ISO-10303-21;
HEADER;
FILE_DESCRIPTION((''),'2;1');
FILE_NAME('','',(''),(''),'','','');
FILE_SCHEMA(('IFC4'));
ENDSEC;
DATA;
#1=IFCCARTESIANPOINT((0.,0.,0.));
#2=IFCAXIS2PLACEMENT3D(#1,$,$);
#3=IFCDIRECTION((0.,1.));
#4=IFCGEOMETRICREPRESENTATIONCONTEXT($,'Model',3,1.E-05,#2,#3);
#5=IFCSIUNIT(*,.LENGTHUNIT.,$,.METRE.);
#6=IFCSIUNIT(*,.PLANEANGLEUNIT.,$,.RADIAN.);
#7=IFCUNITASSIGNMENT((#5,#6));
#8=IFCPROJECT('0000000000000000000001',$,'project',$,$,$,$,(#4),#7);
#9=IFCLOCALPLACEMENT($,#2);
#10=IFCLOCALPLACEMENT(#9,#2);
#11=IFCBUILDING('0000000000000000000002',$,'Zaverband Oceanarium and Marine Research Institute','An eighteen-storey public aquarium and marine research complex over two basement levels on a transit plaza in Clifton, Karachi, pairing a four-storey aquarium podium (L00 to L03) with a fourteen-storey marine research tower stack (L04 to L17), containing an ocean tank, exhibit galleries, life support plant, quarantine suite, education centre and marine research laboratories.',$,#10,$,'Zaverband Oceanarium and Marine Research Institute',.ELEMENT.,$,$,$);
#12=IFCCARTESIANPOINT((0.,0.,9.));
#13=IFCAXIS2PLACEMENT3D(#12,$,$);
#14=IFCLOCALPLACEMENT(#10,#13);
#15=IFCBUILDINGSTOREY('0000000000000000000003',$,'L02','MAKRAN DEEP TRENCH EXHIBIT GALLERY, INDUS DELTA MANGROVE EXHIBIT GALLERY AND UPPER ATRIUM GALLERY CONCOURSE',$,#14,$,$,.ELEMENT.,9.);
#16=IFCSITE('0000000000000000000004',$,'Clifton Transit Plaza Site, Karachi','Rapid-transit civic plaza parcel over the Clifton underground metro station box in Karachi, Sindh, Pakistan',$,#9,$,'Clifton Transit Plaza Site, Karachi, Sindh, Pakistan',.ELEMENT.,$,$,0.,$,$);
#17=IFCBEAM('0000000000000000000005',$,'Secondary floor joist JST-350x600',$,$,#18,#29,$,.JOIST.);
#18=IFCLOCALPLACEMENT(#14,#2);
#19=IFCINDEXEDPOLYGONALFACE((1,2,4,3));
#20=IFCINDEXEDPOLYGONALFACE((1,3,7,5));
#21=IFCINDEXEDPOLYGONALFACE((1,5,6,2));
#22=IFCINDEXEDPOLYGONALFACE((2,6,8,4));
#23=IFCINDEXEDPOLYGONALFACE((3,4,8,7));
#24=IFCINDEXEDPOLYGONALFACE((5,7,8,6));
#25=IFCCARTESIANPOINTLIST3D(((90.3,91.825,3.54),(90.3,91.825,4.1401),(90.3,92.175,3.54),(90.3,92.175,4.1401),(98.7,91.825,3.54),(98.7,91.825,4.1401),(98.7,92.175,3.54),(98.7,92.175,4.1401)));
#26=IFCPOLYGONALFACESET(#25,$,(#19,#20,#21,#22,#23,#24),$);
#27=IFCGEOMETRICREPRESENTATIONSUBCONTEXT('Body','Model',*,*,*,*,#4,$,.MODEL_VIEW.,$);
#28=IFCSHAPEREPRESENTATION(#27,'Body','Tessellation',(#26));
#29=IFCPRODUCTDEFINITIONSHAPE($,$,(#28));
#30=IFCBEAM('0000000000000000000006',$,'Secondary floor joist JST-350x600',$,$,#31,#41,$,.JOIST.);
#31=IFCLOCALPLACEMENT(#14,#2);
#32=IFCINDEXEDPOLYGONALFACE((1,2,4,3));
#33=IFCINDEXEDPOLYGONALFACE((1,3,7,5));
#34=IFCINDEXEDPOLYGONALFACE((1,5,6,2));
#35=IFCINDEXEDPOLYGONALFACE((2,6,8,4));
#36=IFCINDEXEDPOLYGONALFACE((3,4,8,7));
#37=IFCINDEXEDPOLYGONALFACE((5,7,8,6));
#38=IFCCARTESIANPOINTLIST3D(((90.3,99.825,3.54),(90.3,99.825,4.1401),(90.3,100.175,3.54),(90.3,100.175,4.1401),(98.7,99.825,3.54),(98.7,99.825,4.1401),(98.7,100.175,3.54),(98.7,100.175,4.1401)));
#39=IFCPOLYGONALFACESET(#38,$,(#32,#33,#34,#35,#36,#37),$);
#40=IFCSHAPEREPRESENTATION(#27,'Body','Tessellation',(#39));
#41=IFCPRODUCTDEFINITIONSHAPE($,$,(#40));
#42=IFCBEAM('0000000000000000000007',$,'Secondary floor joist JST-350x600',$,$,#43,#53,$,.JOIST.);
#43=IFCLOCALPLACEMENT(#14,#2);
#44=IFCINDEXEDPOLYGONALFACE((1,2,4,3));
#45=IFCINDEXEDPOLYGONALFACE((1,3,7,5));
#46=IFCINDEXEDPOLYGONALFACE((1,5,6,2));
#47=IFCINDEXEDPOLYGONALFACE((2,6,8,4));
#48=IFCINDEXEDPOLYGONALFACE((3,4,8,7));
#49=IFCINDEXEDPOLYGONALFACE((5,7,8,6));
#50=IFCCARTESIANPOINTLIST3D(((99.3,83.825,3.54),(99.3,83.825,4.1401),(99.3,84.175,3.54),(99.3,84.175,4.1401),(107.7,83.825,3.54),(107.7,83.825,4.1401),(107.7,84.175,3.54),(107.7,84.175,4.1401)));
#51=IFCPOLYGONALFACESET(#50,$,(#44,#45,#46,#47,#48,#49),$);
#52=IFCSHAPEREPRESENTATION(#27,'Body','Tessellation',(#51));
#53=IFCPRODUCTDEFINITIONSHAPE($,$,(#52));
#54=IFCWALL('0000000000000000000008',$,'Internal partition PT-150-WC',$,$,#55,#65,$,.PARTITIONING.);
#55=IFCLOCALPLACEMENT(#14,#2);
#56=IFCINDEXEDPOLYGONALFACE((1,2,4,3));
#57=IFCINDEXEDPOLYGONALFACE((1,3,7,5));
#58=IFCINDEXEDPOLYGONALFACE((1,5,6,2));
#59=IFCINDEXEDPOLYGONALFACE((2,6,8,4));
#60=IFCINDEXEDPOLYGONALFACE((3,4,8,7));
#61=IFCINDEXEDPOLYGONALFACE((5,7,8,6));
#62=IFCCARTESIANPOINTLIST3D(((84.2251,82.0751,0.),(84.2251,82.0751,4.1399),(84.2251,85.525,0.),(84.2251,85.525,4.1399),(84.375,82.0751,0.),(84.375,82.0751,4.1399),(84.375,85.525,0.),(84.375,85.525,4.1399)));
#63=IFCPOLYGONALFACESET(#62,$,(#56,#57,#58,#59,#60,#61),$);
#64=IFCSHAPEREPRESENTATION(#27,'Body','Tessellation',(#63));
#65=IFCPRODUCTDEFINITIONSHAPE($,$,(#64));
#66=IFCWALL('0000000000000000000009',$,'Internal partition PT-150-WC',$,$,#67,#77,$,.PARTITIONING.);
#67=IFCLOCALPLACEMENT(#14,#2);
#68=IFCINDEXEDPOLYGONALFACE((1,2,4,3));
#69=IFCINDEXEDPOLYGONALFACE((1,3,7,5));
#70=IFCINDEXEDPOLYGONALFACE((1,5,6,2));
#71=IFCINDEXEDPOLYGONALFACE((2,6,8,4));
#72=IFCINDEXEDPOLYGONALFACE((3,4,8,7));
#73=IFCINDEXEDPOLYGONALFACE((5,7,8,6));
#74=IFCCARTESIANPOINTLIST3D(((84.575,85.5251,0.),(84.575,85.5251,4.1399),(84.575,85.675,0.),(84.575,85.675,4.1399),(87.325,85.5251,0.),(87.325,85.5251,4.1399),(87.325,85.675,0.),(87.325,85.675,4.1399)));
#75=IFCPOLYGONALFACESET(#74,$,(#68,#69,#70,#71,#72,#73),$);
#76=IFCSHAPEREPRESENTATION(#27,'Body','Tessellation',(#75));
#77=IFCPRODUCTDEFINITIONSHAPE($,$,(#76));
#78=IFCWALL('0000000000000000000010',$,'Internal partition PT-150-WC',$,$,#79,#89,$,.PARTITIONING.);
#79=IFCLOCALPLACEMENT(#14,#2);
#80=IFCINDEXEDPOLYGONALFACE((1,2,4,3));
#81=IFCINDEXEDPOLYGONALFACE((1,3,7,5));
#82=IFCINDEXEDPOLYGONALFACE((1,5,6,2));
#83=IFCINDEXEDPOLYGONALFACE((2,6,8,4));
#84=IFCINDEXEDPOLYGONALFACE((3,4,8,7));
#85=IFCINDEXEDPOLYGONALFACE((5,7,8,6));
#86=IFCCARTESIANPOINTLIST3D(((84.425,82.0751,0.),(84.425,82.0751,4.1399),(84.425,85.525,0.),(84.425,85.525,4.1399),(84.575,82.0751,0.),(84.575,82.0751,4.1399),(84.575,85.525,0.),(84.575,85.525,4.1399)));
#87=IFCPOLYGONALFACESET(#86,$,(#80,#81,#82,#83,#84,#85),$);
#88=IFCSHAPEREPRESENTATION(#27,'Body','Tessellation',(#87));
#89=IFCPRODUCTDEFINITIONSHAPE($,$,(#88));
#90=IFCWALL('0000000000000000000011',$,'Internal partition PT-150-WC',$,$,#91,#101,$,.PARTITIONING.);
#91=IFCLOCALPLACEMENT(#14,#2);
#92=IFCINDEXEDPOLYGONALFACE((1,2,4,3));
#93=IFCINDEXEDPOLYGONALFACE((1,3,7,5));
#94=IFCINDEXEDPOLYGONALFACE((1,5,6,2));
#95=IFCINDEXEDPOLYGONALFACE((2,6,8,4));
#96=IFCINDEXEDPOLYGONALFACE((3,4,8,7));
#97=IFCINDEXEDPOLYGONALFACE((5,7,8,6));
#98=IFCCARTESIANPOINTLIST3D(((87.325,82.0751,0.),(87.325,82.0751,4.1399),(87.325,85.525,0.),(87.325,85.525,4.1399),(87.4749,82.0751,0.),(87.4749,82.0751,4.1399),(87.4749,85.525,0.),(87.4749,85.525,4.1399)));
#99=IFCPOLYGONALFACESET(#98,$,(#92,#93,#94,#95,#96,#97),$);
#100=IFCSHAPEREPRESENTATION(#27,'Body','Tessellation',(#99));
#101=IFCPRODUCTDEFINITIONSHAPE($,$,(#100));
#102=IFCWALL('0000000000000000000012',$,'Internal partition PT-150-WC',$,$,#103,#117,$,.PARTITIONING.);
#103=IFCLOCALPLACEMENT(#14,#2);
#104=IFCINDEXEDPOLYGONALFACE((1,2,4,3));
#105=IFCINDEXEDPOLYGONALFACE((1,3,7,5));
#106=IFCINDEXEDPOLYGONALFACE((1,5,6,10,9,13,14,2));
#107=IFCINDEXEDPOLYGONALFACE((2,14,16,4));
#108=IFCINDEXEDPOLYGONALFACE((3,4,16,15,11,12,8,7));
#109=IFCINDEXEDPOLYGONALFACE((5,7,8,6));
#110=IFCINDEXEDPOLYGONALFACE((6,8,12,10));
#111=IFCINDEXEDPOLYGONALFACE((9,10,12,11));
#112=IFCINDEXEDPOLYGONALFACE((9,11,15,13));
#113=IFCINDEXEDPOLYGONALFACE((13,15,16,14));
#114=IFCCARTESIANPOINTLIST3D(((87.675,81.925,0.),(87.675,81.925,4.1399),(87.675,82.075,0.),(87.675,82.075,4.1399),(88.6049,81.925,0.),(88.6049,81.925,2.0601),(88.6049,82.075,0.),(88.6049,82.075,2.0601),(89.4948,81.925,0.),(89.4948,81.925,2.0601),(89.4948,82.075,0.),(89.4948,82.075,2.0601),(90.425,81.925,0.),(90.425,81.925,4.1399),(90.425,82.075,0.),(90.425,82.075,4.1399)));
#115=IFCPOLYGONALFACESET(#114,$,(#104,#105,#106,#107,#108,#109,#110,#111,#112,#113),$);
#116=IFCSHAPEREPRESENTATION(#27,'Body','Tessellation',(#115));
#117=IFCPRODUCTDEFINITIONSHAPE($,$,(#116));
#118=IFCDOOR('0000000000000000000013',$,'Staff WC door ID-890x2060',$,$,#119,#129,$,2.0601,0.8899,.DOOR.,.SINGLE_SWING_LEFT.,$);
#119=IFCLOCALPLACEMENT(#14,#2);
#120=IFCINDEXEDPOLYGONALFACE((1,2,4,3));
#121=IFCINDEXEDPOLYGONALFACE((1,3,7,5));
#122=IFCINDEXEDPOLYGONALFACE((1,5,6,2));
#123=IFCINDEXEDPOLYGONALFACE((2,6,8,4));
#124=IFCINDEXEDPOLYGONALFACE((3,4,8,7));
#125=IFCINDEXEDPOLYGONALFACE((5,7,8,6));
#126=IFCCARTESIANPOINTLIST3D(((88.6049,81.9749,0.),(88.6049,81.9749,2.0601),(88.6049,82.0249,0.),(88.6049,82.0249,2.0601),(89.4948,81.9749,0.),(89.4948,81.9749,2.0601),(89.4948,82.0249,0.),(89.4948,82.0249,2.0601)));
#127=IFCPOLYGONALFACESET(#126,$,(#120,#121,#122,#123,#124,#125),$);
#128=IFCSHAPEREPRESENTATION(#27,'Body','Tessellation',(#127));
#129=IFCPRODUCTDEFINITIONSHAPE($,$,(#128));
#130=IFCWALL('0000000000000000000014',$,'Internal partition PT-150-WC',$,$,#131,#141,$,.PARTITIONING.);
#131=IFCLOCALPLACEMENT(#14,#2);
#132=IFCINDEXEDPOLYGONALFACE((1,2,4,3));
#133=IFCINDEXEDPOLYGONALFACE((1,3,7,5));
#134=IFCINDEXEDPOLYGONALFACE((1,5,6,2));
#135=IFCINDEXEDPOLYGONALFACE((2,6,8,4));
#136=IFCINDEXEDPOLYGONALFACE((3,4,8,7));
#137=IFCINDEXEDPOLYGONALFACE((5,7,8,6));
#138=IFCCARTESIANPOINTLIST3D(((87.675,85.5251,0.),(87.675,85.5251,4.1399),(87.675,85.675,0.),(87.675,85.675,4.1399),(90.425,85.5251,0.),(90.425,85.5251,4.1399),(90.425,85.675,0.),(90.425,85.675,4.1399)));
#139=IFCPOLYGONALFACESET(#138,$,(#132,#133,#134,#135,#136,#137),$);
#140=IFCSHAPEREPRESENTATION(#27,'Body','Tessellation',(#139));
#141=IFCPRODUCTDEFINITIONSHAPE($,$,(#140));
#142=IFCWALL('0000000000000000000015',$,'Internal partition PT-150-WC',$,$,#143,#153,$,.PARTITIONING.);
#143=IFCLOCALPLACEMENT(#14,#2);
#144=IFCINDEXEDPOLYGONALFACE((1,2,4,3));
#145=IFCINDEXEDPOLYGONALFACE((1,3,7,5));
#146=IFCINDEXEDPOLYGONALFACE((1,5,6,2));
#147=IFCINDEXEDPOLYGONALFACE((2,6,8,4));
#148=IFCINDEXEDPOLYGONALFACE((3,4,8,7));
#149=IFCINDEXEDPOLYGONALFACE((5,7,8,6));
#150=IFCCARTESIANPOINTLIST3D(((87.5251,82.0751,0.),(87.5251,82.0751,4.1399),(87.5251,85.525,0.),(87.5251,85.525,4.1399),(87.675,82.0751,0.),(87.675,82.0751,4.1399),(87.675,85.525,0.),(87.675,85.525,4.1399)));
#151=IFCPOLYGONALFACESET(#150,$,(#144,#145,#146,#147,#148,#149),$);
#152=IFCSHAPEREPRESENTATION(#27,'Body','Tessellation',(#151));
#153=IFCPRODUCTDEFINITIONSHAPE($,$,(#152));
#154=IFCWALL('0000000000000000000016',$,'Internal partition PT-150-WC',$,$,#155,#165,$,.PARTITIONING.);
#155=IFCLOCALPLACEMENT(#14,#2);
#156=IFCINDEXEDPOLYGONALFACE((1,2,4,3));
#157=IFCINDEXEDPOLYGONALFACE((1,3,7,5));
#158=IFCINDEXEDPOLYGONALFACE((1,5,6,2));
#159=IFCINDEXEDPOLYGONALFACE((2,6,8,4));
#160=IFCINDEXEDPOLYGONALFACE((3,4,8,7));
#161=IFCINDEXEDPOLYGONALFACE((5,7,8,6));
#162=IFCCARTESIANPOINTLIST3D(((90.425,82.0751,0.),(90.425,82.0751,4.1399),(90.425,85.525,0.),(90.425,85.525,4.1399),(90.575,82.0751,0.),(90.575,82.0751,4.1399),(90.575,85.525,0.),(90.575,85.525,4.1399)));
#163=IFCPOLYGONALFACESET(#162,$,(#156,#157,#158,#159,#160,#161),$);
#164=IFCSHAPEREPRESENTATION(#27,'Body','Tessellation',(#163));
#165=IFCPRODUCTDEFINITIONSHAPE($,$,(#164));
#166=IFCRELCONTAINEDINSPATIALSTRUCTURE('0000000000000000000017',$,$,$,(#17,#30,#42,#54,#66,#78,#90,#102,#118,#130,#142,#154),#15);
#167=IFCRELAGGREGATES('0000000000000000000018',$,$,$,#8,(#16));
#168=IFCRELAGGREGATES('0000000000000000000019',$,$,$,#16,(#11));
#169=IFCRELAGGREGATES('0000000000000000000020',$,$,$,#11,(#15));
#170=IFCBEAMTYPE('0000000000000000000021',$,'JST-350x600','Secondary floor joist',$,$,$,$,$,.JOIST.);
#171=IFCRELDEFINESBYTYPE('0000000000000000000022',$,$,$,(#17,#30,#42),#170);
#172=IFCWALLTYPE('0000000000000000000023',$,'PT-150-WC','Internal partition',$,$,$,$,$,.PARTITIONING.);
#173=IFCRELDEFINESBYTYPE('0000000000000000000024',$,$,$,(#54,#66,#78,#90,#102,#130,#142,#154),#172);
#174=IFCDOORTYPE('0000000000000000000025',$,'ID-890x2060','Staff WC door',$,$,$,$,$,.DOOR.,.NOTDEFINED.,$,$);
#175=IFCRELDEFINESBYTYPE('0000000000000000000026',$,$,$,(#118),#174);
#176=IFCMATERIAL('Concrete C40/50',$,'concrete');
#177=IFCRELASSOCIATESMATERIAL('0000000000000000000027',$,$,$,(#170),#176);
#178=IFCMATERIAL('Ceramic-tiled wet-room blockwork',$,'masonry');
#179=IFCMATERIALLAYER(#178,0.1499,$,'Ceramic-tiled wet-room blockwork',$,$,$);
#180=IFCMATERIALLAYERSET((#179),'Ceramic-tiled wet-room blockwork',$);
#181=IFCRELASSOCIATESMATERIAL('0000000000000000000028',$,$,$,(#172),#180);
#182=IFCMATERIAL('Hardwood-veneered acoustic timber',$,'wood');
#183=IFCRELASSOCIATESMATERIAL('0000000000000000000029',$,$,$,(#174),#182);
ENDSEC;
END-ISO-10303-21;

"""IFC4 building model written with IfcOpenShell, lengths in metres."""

from ifc_helpers import new_model, si_unit, direction, frame, frame_2d, origin, origin_2d, place, context, subcontext, project, spatial, rectangle, extrude, material, layer, layer_set, material_profile, profile_set, type_object, element, fill, save


model = new_model("IFC4")

# Units and contexts
model_context = context("Model", 3, precision=1e-05, world=origin(), true_north=direction((0.0, 1.0)))
body_context = subcontext(model_context, "Body", "Model", "MODEL_VIEW")
ifc_project = project(units=[si_unit("LENGTHUNIT", "METRE"), si_unit("PLANEANGLEUNIT", "RADIAN")], contexts=[model_context])

# Site, building, storey
site_placement = place(None, origin())
site = spatial("IfcSite", under=ifc_project, at=site_placement, Name="Clifton Transit Plaza Site, Karachi", Description="Rapid-transit civic plaza parcel over the Clifton underground metro station box in Karachi, Sindh, Pakistan", LongName="Clifton Transit Plaza Site, Karachi, Sindh, Pakistan", CompositionType="ELEMENT", RefElevation=0.0)
building_placement = place(site_placement, origin())
building = spatial("IfcBuilding", under=site, at=building_placement, Name="Zaverband Oceanarium and Marine Research Institute", Description="An eighteen-storey public aquarium and marine research complex over two basement levels on a transit plaza in Clifton, Karachi, pairing a four-storey aquarium podium (L00 to L03) with a fourteen-storey marine research tower stack (L04 to L17), containing an ocean tank, exhibit galleries, life support plant, quarantine suite, education centre and marine research laboratories.", LongName="Zaverband Oceanarium and Marine Research Institute", CompositionType="ELEMENT")
storey_placement = place(building_placement, frame((0.0, 0.0, 9.0)))
storey = spatial("IfcBuildingStorey", under=building, at=storey_placement, Name="L02", Description="MAKRAN DEEP TRENCH EXHIBIT GALLERY, INDUS DELTA MANGROVE EXHIBIT GALLERY AND UPPER ATRIUM GALLERY CONCOURSE", CompositionType="ELEMENT", Elevation=9.0)

# Beams
ifc_material_1 = material(Name="Concrete C40/50", Category="concrete")
ifc_material_profile_1 = material_profile(ifc_material_1, rectangle(XDim=0.3501, YDim=0.6001, at=origin_2d()), Name="RC350x600")
ifc_profile_set_1 = profile_set([ifc_material_profile_1], Name="Concrete C40/50")
beam_type_1 = type_object("IfcBeamType", Name="JST-350x600", Description="Secondary floor joist", PredefinedType="JOIST", material=ifc_profile_set_1)
for number, where, z_axis, x_axis, name in (
    (1, (90.3, 92.0, 3.8401), (1.0, 0.0, 0.0), (0.0, 1.0, 0.0), "Secondary floor joist JST-350x600"),
    (2, (90.3, 100.0, 3.8401), (1.0, 0.0, 0.0), (0.0, 1.0, 0.0), "Secondary floor joist JST-350x600"),
    (3, (99.3, 84.0, 3.8401), (1.0, 0.0, 0.0), (0.0, 1.0, 0.0), "Secondary floor joist JST-350x600"),
):
    element("IfcBeam", number, at=place(storey_placement, frame(where, z_axis=z_axis, x_axis=x_axis)), inside=storey, type_object=beam_type_1, Name=name, PredefinedType="JOIST", context=body_context, shape_type="SweptSolid", body=[
        extrude(rectangle(XDim=0.3501, YDim=0.6001, at=origin_2d()), origin(), (0.0, 0.0, 1.0), 8.3999),
    ])

# Walls
ifc_material_2 = material(Name="Ceramic-tiled wet-room blockwork", Category="masonry")
ifc_layer = layer(ifc_material_2, 0.1499, Name="Ceramic-tiled wet-room blockwork")
ifc_layer_set = layer_set([ifc_layer], Name="Ceramic-tiled wet-room blockwork")
wall_type = type_object("IfcWallType", Name="PT-150-WC", Description="Internal partition", PredefinedType="PARTITIONING", material=ifc_layer_set)
wall_1_placement = place(storey_placement, frame((84.3, 82.075, 0.0), z_axis=(0.0, 0.0, 1.0), x_axis=(0.0, 1.0, 0.0)))
element("IfcWall", 4, at=wall_1_placement, inside=storey, type_object=wall_type, Name="Internal partition PT-150-WC", PredefinedType="PARTITIONING", context=body_context, shape_type="SweptSolid", body=[
    extrude(rectangle(XDim=3.45, YDim=0.1499, at=frame_2d((1.7251, 0.0))), origin(), (0.0, 0.0, 1.0), 4.1399),
])
wall_2_placement = place(storey_placement, frame((84.575, 85.6001, 0.0), z_axis=(0.0, 0.0, 1.0), x_axis=(1.0, 0.0, 0.0)))
element("IfcWall", 5, at=wall_2_placement, inside=storey, type_object=wall_type, Name="Internal partition PT-150-WC", PredefinedType="PARTITIONING", context=body_context, shape_type="SweptSolid", body=[
    extrude(rectangle(XDim=2.75, YDim=0.1499, at=frame_2d((1.375, 0.0))), origin(), (0.0, 0.0, 1.0), 4.1399),
])
for number, where, z_axis, x_axis, name in (
    (6, (84.5, 82.075, 0.0), (0.0, 0.0, 1.0), (0.0, 1.0, 0.0), "Internal partition PT-150-WC"),
    (7, (87.3999, 82.075, 0.0), (0.0, 0.0, 1.0), (0.0, 1.0, 0.0), "Internal partition PT-150-WC"),
):
    element("IfcWall", number, at=place(storey_placement, frame(where, z_axis=z_axis, x_axis=x_axis)), inside=storey, type_object=wall_type, Name=name, PredefinedType="PARTITIONING", context=body_context, shape_type="SweptSolid", body=[
        extrude(rectangle(XDim=3.45, YDim=0.1499, at=frame_2d((1.7251, 0.0))), origin(), (0.0, 0.0, 1.0), 4.1399),
    ])

# Wall, opening, door
wall_3_placement = place(storey_placement, frame((87.675, 82.0, 0.0), z_axis=(0.0, 0.0, 1.0), x_axis=(1.0, 0.0, 0.0)))
wall_3 = element("IfcWall", 8, at=wall_3_placement, inside=storey, type_object=wall_type, Name="Internal partition PT-150-WC", PredefinedType="PARTITIONING", context=body_context, shape_type="SweptSolid", body=[
    extrude(rectangle(XDim=2.75, YDim=0.1499, at=frame_2d((1.375, 0.0))), origin(), (0.0, 0.0, 1.0), 4.1399),
])
opening_placement = place(wall_3_placement, frame((0.9299, 0.0, 0.0)))
opening = element("IfcOpeningElement", 9, at=opening_placement, cuts=wall_3, PredefinedType="OPENING", context=body_context, shape_type="SweptSolid", body=[
    extrude(rectangle(XDim=0.8899, YDim=2.0601, at=frame_2d((0.4448, 1.03))), frame((0.0, 0.0869, 0.0), z_axis=(0.0, -1.0, 0.0), x_axis=(1.0, 0.0, 0.0)), (0.0, 0.0, 1.0), 0.1738),
])
ifc_material_3 = material(Name="Hardwood-veneered acoustic timber", Category="wood")
door_type = type_object("IfcDoorType", Name="ID-890x2060", Description="Staff WC door", OperationType="NOTDEFINED", PredefinedType="DOOR", material=ifc_material_3)
door_placement = place(opening_placement, origin())
door = element("IfcDoor", 10, at=door_placement, inside=storey, type_object=door_type, Name="Staff WC door ID-890x2060", OperationType="SINGLE_SWING_LEFT", OverallHeight=2.0601, OverallWidth=0.8899, PredefinedType="DOOR", context=body_context, shape_type="SweptSolid", body=[
    extrude(rectangle(XDim=0.8899, YDim=2.0601, at=frame_2d((0.4448, 1.03))), frame((0.0, 0.0249, 0.0), z_axis=(0.0, -1.0, 0.0), x_axis=(1.0, 0.0, 0.0)), (0.0, 0.0, 1.0), 0.05),
])
fill(opening, door)

# Walls
wall_4_placement = place(storey_placement, frame((87.675, 85.6001, 0.0), z_axis=(0.0, 0.0, 1.0), x_axis=(1.0, 0.0, 0.0)))
element("IfcWall", 11, at=wall_4_placement, inside=storey, type_object=wall_type, Name="Internal partition PT-150-WC", PredefinedType="PARTITIONING", context=body_context, shape_type="SweptSolid", body=[
    extrude(rectangle(XDim=2.75, YDim=0.1499, at=frame_2d((1.375, 0.0))), origin(), (0.0, 0.0, 1.0), 4.1399),
])
for number, where, z_axis, x_axis, name in (
    (12, (87.6001, 82.075, 0.0), (0.0, 0.0, 1.0), (0.0, 1.0, 0.0), "Internal partition PT-150-WC"),
    (13, (90.5, 82.075, 0.0), (0.0, 0.0, 1.0), (0.0, 1.0, 0.0), "Internal partition PT-150-WC"),
):
    element("IfcWall", number, at=place(storey_placement, frame(where, z_axis=z_axis, x_axis=x_axis)), inside=storey, type_object=wall_type, Name=name, PredefinedType="PARTITIONING", context=body_context, shape_type="SweptSolid", body=[
        extrude(rectangle(XDim=3.45, YDim=0.1499, at=frame_2d((1.7251, 0.0))), origin(), (0.0, 0.0, 1.0), 4.1399),
    ])

save(model, "model.ifc")
